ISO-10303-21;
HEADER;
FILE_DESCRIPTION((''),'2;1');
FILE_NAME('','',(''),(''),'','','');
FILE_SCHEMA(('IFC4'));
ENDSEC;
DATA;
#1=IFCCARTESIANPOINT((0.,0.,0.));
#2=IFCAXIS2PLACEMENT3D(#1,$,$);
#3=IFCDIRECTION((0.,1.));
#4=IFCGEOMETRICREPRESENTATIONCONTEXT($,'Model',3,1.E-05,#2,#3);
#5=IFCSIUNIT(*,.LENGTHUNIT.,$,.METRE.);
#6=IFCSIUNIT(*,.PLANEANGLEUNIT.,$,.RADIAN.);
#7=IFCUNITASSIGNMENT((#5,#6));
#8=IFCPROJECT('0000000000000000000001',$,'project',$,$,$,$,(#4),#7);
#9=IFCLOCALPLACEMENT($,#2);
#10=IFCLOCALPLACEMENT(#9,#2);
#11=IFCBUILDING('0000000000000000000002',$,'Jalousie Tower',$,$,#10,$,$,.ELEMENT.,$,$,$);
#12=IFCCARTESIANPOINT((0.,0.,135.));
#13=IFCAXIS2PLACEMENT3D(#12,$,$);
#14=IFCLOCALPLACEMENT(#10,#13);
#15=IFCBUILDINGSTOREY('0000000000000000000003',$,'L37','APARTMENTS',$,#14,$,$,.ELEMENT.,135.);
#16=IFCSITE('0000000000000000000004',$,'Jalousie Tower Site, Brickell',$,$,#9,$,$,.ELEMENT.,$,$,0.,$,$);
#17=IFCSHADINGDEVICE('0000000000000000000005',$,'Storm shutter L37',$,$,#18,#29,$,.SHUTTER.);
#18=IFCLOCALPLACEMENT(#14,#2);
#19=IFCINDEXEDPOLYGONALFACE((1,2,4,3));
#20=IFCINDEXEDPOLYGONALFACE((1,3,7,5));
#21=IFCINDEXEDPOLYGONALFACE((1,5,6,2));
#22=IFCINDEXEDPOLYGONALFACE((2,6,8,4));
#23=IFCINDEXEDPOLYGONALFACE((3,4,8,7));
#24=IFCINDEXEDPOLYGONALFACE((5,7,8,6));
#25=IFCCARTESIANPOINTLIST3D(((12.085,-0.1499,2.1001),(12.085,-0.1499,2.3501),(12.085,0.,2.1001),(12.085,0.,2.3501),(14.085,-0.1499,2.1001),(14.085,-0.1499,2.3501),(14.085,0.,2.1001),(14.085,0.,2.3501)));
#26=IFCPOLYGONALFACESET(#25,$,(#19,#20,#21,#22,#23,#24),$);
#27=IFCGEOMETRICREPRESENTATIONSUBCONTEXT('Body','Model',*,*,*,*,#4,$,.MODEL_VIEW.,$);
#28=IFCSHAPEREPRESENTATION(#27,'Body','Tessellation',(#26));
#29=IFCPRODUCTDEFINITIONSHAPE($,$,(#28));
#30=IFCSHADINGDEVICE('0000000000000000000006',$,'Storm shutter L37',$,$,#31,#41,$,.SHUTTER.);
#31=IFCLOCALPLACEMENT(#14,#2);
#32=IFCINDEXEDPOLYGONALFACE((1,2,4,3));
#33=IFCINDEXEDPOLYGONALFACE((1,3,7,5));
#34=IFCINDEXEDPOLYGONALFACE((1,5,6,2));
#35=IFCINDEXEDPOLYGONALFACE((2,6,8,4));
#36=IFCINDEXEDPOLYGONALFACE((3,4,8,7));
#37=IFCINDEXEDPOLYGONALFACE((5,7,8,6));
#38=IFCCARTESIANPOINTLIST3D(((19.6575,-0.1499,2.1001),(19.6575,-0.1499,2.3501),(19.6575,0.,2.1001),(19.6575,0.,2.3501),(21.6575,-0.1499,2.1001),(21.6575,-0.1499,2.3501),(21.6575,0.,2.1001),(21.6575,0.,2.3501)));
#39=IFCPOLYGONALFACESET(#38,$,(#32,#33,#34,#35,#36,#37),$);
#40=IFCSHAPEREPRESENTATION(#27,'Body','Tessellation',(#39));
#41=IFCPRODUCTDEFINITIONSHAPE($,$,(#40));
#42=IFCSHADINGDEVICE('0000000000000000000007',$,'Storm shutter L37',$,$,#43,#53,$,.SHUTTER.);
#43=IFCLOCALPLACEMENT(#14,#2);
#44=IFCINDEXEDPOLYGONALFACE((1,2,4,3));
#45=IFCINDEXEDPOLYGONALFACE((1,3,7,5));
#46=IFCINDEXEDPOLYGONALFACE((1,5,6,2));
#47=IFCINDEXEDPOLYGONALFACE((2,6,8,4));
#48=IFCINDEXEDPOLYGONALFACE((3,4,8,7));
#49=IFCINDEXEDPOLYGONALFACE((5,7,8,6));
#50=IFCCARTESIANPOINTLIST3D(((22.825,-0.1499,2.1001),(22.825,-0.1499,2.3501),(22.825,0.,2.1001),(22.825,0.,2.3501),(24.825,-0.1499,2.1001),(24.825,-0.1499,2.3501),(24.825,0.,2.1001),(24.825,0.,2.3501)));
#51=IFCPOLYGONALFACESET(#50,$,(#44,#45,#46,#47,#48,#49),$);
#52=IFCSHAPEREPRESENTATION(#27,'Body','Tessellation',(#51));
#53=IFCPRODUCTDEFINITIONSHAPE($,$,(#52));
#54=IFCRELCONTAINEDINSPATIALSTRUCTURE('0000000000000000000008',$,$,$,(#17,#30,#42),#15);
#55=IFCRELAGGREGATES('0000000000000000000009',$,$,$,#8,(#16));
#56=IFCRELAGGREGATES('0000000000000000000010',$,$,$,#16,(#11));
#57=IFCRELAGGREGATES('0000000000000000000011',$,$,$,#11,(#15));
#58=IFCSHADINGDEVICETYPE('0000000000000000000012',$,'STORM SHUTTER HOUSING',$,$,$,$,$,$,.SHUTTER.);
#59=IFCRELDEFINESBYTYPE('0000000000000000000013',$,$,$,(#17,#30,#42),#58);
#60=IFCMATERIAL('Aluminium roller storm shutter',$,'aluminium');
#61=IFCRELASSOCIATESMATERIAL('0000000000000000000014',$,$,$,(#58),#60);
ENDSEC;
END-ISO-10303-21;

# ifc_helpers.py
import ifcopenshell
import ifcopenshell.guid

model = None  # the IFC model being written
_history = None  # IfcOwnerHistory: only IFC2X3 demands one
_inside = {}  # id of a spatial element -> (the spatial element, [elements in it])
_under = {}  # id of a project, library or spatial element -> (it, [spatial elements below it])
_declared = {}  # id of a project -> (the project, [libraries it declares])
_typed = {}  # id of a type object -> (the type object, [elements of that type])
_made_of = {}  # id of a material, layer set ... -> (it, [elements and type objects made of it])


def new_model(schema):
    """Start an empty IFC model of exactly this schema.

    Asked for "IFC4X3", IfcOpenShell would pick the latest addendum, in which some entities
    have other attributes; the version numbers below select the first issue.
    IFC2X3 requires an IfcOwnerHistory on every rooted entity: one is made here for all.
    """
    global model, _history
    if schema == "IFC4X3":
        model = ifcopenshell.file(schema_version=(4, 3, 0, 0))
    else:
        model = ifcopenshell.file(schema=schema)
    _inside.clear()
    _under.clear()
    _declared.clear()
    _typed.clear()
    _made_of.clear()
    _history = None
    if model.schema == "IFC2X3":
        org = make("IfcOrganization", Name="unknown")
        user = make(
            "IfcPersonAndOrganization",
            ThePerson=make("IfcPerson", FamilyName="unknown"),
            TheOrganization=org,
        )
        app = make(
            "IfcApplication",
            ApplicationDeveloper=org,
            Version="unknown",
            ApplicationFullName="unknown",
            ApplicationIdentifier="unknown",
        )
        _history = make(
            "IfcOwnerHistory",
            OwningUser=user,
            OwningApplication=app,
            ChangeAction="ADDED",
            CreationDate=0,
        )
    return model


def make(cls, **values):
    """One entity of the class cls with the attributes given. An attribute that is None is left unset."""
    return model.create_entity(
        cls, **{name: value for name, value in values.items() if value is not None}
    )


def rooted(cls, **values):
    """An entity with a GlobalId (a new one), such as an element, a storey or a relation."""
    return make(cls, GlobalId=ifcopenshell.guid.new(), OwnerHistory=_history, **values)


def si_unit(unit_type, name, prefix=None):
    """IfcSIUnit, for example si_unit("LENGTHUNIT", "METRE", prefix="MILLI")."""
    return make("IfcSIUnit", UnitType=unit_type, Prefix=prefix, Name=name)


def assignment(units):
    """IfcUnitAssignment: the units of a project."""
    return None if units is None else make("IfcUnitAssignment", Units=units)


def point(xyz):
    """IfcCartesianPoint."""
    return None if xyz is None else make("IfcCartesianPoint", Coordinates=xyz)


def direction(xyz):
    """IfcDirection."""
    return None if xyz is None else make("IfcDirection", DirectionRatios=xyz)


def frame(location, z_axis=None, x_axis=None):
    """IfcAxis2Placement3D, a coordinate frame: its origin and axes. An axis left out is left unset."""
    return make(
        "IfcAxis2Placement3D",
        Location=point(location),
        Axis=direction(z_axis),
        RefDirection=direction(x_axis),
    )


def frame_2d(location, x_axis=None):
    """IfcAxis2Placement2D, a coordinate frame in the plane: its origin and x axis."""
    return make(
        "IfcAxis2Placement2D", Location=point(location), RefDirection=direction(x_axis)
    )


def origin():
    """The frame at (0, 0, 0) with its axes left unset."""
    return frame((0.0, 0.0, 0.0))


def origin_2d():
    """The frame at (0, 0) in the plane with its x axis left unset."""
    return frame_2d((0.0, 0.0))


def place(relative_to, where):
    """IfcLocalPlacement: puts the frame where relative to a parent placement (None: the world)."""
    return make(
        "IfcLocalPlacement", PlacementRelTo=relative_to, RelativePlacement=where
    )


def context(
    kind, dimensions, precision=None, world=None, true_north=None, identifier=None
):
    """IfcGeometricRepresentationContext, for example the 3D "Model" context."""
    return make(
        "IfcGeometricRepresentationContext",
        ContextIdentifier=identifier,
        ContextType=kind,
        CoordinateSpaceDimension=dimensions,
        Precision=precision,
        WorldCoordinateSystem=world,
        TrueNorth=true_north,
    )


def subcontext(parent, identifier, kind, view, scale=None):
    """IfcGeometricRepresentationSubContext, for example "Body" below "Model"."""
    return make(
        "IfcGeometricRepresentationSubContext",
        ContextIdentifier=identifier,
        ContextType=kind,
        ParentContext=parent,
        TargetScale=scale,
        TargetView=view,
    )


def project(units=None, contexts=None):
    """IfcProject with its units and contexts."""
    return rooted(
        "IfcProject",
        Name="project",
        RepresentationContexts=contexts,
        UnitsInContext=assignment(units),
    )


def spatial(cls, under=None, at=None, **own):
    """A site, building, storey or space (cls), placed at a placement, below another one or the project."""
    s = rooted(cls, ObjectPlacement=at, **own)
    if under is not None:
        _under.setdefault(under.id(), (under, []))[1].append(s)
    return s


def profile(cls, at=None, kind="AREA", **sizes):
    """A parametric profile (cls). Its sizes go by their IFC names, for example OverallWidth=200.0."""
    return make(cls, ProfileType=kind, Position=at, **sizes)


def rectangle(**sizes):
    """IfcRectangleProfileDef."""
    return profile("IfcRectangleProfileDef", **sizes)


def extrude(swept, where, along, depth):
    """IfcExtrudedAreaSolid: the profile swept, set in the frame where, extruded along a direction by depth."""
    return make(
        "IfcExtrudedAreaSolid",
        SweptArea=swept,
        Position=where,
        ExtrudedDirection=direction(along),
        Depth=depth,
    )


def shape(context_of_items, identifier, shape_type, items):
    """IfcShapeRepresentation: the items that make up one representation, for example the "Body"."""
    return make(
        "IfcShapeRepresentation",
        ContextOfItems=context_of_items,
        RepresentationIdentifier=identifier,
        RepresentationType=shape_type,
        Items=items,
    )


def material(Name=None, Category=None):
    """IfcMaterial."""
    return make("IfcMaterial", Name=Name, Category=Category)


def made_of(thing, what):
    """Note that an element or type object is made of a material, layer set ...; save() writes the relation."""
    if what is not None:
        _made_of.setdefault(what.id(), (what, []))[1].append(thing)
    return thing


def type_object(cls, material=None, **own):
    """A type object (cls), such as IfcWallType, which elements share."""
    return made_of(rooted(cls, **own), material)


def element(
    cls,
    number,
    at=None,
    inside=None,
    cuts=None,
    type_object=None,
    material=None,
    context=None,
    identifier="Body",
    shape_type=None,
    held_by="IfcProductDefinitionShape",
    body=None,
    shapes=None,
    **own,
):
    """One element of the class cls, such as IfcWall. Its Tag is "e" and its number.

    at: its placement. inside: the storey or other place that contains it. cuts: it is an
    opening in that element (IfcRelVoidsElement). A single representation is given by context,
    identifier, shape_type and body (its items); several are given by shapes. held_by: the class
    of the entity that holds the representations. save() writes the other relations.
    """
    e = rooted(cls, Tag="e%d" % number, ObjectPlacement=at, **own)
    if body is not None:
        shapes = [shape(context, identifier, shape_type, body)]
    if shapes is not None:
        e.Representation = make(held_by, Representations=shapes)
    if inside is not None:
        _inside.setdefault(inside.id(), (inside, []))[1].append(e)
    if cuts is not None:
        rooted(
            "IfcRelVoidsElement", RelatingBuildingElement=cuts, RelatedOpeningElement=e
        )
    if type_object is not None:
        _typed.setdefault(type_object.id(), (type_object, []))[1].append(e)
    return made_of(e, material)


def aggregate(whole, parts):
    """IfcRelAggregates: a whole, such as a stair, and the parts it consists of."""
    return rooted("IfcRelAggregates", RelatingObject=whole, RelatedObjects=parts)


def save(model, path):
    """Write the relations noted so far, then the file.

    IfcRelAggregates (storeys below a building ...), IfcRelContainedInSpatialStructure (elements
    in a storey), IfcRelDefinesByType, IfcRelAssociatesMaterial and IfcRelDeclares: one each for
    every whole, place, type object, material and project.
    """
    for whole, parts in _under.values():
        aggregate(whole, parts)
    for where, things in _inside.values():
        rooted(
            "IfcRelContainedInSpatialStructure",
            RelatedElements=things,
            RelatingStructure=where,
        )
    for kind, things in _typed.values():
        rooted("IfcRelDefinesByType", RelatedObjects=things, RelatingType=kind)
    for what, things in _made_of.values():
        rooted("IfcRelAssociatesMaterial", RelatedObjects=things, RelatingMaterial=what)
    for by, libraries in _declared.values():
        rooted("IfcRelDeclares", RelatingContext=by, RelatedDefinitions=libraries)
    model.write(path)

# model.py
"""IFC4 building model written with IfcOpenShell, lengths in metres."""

from ifc_helpers import new_model, si_unit, direction, frame, origin, origin_2d, place, context, subcontext, project, spatial, rectangle, extrude, material, type_object, element, save


model = new_model("IFC4")

# Units and contexts
model_context = context("Model", 3, precision=1e-05, world=origin(), true_north=direction((0.0, 1.0)))
body_context = subcontext(model_context, "Body", "Model", "MODEL_VIEW")
ifc_project = project(units=[si_unit("LENGTHUNIT", "METRE"), si_unit("PLANEANGLEUNIT", "RADIAN")], contexts=[model_context])

# Site, building, storey
site_placement = place(None, origin())
site = spatial("IfcSite", under=ifc_project, at=site_placement, Name="Jalousie Tower Site, Brickell", CompositionType="ELEMENT", RefElevation=0.0)
building_placement = place(site_placement, origin())
building = spatial("IfcBuilding", under=site, at=building_placement, Name="Jalousie Tower", CompositionType="ELEMENT")
storey_placement = place(building_placement, frame((0.0, 0.0, 135.0)))
storey = spatial("IfcBuildingStorey", under=building, at=storey_placement, Name="L37", Description="APARTMENTS", CompositionType="ELEMENT", Elevation=135.0)

# Shading devices
ifc_material_1 = material(Name="Aluminium roller storm shutter", Category="aluminium")
shading_device_type = type_object("IfcShadingDeviceType", Name="STORM SHUTTER HOUSING", PredefinedType="SHUTTER", material=ifc_material_1)
for number, where, z_axis, x_axis, name in (
    (1, (13.085, -0.075, 2.1001), (0.0, 0.0, 1.0), (1.0, 0.0, 0.0), "Storm shutter L37"),
    (2, (20.6575, -0.075, 2.1001), (0.0, 0.0, 1.0), (1.0, 0.0, 0.0), "Storm shutter L37"),
    (3, (23.825, -0.075, 2.1001), (0.0, 0.0, 1.0), (1.0, 0.0, 0.0), "Storm shutter L37"),
):
    element("IfcShadingDevice", number, at=place(storey_placement, frame(where, z_axis=z_axis, x_axis=x_axis)), inside=storey, type_object=shading_device_type, Name=name, PredefinedType="SHUTTER", context=body_context, shape_type="SweptSolid", body=[
        extrude(rectangle(XDim=2.0, YDim=0.1499, at=origin_2d()), origin(), (0.0, 0.0, 1.0), 0.25),
    ])

save(model, "model.ifc")
